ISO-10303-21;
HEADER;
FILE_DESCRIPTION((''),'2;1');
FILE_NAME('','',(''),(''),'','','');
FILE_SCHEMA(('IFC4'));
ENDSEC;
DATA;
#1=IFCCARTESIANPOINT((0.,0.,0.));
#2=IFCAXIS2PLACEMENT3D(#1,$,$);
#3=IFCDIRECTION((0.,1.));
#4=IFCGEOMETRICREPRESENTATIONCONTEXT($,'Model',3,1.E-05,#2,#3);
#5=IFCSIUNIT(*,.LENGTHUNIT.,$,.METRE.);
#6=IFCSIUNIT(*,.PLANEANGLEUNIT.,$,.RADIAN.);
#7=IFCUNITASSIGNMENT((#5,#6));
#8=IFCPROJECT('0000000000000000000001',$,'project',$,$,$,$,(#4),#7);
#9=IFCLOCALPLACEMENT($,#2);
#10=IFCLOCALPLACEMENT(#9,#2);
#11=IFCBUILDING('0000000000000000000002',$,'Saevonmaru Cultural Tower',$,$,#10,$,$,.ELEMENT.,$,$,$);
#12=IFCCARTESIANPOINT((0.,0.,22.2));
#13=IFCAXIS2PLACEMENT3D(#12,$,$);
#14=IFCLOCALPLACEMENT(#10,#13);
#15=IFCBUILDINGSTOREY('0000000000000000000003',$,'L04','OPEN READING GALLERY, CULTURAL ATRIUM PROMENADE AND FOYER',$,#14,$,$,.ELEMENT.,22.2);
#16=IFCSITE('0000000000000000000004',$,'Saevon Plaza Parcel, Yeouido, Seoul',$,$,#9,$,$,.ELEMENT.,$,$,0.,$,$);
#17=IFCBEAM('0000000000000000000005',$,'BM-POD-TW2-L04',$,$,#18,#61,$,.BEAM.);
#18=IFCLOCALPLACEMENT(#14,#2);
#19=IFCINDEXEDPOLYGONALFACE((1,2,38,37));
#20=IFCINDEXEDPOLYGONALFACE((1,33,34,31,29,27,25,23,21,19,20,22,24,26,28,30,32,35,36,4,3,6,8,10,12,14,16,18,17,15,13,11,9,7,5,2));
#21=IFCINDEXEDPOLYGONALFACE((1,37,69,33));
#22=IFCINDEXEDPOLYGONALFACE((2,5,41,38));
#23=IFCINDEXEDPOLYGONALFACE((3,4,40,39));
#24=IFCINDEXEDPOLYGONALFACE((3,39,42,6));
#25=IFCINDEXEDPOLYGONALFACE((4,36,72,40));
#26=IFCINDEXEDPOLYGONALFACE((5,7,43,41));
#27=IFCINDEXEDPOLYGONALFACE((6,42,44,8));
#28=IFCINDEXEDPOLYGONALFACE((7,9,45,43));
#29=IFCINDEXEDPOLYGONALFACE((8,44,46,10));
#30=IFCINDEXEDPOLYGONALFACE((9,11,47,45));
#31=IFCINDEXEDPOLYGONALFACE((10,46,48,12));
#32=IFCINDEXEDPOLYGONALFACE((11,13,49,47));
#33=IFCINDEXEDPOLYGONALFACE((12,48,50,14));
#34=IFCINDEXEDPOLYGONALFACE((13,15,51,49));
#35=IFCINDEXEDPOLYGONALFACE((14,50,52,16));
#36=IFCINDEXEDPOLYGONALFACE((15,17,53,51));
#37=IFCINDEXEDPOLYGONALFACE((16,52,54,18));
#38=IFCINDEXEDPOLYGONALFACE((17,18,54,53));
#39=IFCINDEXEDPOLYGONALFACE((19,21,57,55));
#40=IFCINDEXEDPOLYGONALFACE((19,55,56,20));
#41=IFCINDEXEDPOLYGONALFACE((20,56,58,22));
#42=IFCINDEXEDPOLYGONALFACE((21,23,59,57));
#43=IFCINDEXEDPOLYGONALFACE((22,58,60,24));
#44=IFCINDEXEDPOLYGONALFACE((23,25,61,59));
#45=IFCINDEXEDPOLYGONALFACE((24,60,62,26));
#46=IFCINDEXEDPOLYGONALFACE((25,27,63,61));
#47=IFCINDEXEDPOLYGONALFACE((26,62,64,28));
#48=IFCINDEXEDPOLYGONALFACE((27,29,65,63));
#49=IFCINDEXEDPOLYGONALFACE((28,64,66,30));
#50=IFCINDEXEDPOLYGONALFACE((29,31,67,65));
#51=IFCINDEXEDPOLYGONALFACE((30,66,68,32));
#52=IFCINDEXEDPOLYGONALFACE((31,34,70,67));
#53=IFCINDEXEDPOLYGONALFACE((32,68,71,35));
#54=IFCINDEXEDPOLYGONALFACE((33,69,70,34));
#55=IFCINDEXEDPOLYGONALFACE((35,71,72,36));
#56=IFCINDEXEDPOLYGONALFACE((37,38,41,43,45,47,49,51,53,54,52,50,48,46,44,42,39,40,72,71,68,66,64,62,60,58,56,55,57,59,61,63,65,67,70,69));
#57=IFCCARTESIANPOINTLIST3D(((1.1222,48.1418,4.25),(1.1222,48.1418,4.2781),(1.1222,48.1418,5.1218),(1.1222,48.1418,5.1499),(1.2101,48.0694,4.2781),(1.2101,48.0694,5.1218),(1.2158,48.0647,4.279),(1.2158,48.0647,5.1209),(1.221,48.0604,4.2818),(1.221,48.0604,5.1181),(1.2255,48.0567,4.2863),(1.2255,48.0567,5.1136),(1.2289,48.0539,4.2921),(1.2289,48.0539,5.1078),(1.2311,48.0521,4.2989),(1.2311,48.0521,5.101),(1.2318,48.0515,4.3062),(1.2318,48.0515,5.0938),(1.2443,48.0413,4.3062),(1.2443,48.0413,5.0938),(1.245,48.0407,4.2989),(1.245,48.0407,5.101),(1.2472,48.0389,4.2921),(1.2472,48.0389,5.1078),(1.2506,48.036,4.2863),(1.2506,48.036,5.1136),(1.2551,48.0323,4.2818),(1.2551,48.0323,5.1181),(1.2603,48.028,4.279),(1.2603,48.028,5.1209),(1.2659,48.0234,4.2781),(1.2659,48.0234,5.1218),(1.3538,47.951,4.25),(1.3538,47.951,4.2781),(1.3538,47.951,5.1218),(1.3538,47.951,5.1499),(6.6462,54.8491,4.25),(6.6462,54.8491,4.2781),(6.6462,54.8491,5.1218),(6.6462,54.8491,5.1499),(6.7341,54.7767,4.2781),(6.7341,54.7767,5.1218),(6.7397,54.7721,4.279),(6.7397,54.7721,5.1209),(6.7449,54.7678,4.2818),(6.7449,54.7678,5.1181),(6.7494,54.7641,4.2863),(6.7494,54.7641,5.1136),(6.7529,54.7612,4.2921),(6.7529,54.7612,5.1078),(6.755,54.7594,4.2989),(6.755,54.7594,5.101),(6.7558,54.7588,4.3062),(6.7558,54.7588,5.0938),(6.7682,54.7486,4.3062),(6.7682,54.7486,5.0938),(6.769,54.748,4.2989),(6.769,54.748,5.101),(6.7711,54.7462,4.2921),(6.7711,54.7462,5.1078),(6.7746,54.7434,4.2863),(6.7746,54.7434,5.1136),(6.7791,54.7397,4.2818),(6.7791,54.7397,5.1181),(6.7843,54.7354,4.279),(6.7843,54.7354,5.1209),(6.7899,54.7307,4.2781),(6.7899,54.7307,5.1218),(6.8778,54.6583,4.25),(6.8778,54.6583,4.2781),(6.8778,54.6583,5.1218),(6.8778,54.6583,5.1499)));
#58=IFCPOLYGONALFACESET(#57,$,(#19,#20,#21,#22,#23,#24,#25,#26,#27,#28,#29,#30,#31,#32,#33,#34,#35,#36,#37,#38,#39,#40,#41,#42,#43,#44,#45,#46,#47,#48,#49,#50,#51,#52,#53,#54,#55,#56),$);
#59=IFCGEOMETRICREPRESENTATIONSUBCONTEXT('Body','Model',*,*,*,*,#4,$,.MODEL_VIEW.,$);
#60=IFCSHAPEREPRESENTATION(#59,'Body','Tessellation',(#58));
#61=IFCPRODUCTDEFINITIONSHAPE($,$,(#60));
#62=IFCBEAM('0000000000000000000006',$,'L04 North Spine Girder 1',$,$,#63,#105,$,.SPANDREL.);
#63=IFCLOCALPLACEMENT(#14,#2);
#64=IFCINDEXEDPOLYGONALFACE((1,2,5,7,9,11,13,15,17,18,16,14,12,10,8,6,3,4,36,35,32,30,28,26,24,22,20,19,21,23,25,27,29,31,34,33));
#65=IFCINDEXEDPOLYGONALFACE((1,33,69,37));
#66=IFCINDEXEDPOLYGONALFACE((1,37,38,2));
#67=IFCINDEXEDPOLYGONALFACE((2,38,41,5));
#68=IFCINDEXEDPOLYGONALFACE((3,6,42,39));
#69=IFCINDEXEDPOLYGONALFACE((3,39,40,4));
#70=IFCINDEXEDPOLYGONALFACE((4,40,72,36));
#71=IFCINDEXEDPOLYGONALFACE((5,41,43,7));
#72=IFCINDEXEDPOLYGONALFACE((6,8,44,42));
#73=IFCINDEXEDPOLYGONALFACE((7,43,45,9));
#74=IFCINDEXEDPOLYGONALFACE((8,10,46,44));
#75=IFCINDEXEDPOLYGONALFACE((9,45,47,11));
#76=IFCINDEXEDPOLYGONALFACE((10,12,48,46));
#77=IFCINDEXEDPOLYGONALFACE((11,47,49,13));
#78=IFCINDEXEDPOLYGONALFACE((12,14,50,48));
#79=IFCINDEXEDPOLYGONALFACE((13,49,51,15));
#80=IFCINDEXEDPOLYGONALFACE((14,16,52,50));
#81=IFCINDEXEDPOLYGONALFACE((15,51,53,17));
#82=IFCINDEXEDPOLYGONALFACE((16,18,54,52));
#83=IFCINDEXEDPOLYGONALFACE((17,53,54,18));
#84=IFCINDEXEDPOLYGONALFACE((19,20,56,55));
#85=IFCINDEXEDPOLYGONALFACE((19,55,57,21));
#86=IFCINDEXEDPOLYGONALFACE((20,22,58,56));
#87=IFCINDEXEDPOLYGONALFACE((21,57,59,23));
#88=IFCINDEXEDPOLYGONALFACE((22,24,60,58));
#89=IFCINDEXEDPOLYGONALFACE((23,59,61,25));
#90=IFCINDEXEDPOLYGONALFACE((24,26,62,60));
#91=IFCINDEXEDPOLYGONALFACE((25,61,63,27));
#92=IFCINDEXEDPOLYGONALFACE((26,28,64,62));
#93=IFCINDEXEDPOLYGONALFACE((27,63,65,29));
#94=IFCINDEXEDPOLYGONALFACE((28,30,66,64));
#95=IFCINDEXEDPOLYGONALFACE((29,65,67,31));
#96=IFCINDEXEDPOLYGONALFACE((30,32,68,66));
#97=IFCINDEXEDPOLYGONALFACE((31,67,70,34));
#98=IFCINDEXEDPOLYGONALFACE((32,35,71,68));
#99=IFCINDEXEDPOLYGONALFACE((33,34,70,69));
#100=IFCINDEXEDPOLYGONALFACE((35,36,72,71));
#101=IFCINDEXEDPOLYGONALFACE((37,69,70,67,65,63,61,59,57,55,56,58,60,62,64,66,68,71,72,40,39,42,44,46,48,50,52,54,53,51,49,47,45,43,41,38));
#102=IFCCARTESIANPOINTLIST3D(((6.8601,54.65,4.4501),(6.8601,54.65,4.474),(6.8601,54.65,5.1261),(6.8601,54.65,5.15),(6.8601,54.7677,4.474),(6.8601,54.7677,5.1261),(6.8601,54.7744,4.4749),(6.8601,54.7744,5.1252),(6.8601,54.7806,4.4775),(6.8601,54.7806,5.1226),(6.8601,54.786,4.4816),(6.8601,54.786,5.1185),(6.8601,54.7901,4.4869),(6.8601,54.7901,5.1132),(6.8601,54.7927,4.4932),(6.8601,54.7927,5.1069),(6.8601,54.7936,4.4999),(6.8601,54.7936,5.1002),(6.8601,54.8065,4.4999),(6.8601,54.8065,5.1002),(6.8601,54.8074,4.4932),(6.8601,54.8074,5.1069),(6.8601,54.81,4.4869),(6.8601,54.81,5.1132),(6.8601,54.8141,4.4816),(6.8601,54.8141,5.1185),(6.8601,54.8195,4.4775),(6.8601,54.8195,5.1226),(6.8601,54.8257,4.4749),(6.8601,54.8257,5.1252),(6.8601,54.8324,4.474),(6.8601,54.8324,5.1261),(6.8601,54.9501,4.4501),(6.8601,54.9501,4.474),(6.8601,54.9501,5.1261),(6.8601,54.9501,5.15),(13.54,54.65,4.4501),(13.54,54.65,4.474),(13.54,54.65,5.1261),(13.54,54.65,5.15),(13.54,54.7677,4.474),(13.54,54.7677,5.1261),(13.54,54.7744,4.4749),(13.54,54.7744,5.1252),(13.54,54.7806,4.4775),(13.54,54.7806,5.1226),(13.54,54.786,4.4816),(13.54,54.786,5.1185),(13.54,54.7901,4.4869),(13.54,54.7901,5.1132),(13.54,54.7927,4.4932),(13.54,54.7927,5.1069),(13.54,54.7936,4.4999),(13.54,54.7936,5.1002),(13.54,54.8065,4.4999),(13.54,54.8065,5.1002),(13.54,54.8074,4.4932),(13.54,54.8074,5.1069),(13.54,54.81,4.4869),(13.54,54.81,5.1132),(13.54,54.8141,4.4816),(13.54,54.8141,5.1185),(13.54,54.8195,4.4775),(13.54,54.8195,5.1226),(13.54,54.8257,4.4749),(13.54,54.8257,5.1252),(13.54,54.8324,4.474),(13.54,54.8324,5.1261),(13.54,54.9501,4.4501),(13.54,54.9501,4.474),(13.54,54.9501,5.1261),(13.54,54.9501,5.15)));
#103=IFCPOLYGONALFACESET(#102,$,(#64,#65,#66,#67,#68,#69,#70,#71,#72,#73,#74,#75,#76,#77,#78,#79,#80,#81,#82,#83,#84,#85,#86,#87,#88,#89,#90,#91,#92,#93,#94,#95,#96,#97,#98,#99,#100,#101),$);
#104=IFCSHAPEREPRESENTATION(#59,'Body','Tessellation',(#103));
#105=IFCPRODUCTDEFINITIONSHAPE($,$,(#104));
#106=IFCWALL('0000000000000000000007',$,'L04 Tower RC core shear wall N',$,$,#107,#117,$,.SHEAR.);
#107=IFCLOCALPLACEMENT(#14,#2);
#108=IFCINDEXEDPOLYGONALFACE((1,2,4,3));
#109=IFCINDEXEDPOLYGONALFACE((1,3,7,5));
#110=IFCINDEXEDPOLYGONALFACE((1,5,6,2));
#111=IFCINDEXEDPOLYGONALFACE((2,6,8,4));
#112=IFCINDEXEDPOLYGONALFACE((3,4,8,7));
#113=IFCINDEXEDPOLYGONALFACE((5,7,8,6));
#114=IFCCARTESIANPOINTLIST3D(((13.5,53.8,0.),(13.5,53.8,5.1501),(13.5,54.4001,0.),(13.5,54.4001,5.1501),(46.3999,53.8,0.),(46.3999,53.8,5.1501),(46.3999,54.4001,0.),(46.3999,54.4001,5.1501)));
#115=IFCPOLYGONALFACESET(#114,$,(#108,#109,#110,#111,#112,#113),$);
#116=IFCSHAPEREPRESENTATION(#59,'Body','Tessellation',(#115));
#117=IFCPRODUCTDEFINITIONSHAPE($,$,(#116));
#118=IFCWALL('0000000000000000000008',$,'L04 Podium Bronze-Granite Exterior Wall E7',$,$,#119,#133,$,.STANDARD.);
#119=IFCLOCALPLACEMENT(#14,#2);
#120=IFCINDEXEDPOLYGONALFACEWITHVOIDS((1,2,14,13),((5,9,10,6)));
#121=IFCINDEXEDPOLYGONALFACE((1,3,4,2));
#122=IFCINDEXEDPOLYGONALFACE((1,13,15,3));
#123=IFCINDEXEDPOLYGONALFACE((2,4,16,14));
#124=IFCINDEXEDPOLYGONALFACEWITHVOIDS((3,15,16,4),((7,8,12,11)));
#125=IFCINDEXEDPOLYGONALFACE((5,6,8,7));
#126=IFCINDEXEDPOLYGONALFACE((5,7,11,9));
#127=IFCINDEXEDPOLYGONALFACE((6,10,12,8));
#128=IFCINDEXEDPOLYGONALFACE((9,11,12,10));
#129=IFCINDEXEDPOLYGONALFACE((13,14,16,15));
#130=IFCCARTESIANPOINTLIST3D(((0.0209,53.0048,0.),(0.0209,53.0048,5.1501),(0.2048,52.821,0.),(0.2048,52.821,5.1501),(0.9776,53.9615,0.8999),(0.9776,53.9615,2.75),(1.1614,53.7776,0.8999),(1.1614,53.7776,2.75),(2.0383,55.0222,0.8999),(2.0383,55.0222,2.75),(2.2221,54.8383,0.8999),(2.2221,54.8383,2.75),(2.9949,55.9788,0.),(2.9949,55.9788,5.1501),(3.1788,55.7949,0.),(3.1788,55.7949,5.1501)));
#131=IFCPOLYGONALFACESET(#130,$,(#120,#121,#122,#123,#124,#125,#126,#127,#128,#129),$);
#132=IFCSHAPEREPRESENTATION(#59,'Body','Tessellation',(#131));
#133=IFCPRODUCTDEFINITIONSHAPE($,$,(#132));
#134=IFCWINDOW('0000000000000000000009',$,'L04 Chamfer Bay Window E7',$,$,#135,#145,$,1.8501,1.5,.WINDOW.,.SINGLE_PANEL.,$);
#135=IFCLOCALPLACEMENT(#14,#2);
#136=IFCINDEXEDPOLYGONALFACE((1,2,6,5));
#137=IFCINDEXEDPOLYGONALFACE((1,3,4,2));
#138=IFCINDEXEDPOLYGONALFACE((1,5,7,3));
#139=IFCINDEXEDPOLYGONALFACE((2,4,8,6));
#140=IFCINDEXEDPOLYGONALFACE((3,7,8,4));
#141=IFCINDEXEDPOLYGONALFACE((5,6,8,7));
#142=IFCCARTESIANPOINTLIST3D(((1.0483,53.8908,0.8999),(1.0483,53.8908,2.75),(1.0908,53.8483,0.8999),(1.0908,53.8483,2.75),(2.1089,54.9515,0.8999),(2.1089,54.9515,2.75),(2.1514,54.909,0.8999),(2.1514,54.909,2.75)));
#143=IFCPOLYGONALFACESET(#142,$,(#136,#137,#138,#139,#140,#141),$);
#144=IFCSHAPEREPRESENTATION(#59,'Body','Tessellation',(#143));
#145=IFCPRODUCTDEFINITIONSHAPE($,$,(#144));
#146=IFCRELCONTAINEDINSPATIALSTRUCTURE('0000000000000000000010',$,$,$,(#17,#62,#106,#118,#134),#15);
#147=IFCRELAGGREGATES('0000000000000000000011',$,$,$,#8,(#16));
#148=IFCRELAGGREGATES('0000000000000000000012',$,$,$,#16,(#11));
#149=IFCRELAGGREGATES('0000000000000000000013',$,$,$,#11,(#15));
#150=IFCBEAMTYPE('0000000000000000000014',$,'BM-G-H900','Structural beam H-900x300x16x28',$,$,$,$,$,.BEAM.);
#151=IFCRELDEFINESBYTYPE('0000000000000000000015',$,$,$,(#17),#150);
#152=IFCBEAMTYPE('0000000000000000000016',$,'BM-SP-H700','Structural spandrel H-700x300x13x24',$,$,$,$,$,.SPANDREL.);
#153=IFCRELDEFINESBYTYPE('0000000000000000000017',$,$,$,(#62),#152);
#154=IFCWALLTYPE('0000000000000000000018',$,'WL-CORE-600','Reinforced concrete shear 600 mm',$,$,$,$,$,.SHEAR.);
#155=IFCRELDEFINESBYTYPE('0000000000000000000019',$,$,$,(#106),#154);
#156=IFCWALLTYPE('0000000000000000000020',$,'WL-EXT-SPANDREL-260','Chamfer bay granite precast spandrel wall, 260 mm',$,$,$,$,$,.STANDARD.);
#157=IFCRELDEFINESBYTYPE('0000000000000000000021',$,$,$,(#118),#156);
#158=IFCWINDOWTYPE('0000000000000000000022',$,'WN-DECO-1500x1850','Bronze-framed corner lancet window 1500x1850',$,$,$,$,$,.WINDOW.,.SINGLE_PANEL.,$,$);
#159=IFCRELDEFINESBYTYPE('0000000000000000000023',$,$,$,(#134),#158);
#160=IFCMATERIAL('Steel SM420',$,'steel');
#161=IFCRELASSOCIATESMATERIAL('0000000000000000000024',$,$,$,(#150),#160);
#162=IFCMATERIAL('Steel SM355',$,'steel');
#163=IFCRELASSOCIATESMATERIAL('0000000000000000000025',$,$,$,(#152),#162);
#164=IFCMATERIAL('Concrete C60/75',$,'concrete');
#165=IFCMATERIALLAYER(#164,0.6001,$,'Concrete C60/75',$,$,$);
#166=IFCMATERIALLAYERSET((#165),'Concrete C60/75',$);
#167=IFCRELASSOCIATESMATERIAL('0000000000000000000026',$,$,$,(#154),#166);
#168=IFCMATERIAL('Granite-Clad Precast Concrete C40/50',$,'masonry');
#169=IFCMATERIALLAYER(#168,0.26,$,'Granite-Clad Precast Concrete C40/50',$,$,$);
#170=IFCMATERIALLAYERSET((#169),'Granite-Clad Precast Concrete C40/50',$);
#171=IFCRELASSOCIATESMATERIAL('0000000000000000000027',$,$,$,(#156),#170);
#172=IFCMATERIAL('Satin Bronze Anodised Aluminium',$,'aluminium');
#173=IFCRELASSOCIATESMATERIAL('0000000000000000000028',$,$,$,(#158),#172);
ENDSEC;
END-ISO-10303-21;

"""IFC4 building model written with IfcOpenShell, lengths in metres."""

from ifc_helpers import new_model, si_unit, direction, frame, frame_2d, origin, origin_2d, place, context, subcontext, project, spatial, rectangle, i_section, extrude, material, layer, layer_set, material_profile, profile_set, type_object, element, fill, save


model = new_model("IFC4")

# Units and contexts
model_context = context("Model", 3, precision=1e-05, world=origin(), true_north=direction((0.0, 1.0)))
body_context = subcontext(model_context, "Body", "Model", "MODEL_VIEW")
ifc_project = project(units=[si_unit("LENGTHUNIT", "METRE"), si_unit("PLANEANGLEUNIT", "RADIAN")], contexts=[model_context])

# Site, building, storey
site_placement = place(None, origin())
site = spatial("IfcSite", under=ifc_project, at=site_placement, Name="Saevon Plaza Parcel, Yeouido, Seoul", CompositionType="ELEMENT", RefElevation=0.0)
building_placement = place(site_placement, origin())
building = spatial("IfcBuilding", under=site, at=building_placement, Name="Saevonmaru Cultural Tower", CompositionType="ELEMENT")
storey_placement = place(building_placement, frame((0.0, 0.0, 22.2)))
storey = spatial("IfcBuildingStorey", under=building, at=storey_placement, Name="L04", Description="OPEN READING GALLERY, CULTURAL ATRIUM PROMENADE AND FOYER", CompositionType="ELEMENT", Elevation=22.2)

# Shared definitions
ifc_material_1 = material(Name="Steel SM420", Category="steel")
ifc_material_2 = material(Name="Steel SM355", Category="steel")

# Beams
ifc_material_profile_1 = material_profile(ifc_material_1, i_section(OverallWidth=0.3, OverallDepth=0.8999, WebThickness=0.0161, FlangeThickness=0.0281, FilletRadius=0.0281, at=origin_2d()), Name="H-900x300x16x28")
ifc_profile_set_1 = profile_set([ifc_material_profile_1], Name="Steel SM420")
beam_type_1 = type_object("IfcBeamType", Name="BM-G-H900", Description="Structural beam H-900x300x16x28", PredefinedType="BEAM", material=ifc_profile_set_1)
beam_1_placement = place(storey_placement, frame((1.238, 48.0464, 4.7), z_axis=(0.635727, 0.771914, 0.0), x_axis=(-0.771914, 0.635727, 0.0)))
element("IfcBeam", 1, at=beam_1_placement, inside=storey, type_object=beam_type_1, Name="BM-POD-TW2-L04", PredefinedType="BEAM", context=body_context, shape_type="SweptSolid", body=[
    extrude(i_section(OverallWidth=0.3, OverallDepth=0.8999, WebThickness=0.0161, FlangeThickness=0.0281, FilletRadius=0.0281, at=origin_2d()), origin(), (0.0, 0.0, 1.0), 8.6892),
])
ifc_material_profile_2 = material_profile(ifc_material_2, i_section(OverallWidth=0.3, OverallDepth=0.7, WebThickness=0.0129, FlangeThickness=0.0239, FilletRadius=0.0259, at=origin_2d()), Name="H-700x300x13x24")
ifc_profile_set_2 = profile_set([ifc_material_profile_2], Name="Steel SM355")
beam_type_2 = type_object("IfcBeamType", Name="BM-SP-H700", Description="Structural spandrel H-700x300x13x24", PredefinedType="SPANDREL", material=ifc_profile_set_2)
beam_2_placement = place(storey_placement, frame((6.8601, 54.8, 4.8), z_axis=(1.0, 0.0, 0.0), x_axis=(0.0, 1.0, 0.0)))
element("IfcBeam", 2, at=beam_2_placement, inside=storey, type_object=beam_type_2, Name="L04 North Spine Girder 1", PredefinedType="SPANDREL", context=body_context, shape_type="SweptSolid", body=[
    extrude(i_section(OverallWidth=0.3, OverallDepth=0.7, WebThickness=0.0129, FlangeThickness=0.0239, FilletRadius=0.0259, at=origin_2d()), origin(), (0.0, 0.0, 1.0), 6.6799),
])

# Wall
ifc_material_3 = material(Name="Concrete C60/75", Category="concrete")
ifc_layer_1 = layer(ifc_material_3, 0.6001, Name="Concrete C60/75")
ifc_layer_set_1 = layer_set([ifc_layer_1], Name="Concrete C60/75")
wall_type_1 = type_object("IfcWallType", Name="WL-CORE-600", Description="Reinforced concrete shear 600 mm", PredefinedType="SHEAR", material=ifc_layer_set_1)
wall_1_placement = place(storey_placement, frame((13.5, 54.1001, 0.0), z_axis=(0.0, 0.0, 1.0), x_axis=(1.0, 0.0, 0.0)))
element("IfcWall", 3, at=wall_1_placement, inside=storey, type_object=wall_type_1, Name="L04 Tower RC core shear wall N", PredefinedType="SHEAR", context=body_context, shape_type="SweptSolid", body=[
    extrude(rectangle(XDim=32.8999, YDim=0.6001, at=frame_2d((16.45, 0.0))), origin(), (0.0, 0.0, 1.0), 5.1501),
])

# Wall, opening, window
ifc_material_4 = material(Name="Granite-Clad Precast Concrete C40/50", Category="masonry")
ifc_layer_2 = layer(ifc_material_4, 0.26, Name="Granite-Clad Precast Concrete C40/50")
ifc_layer_set_2 = layer_set([ifc_layer_2], Name="Granite-Clad Precast Concrete C40/50")
wall_type_2 = type_object("IfcWallType", Name="WL-EXT-SPANDREL-260", Description="Chamfer bay granite precast spandrel wall, 260 mm", PredefinedType="STANDARD", material=ifc_layer_set_2)
wall_2_placement = place(storey_placement, frame((3.0869, 55.887, 0.0), z_axis=(0.0, 0.0, 1.0), x_axis=(-0.707107, -0.707107, 0.0)))
wall_2 = element("IfcWall", 4, at=wall_2_placement, inside=storey, type_object=wall_type_2, Name="L04 Podium Bronze-Granite Exterior Wall E7", PredefinedType="STANDARD", context=body_context, shape_type="SweptSolid", body=[
    extrude(rectangle(XDim=4.2058, YDim=0.26, at=frame_2d((2.103, 0.0))), origin(), (0.0, 0.0, 1.0), 5.1501),
])
opening_1_placement = place(wall_2_placement, frame((1.353, 0.0, 0.8999)))
opening_1 = element("IfcOpeningElement", 5, at=opening_1_placement, cuts=wall_2, PredefinedType="OPENING", context=body_context, shape_type="SweptSolid", body=[
    extrude(rectangle(XDim=1.5, YDim=1.8501, at=frame_2d((0.75, 0.925))), frame((0.0, 0.1401, 0.0), z_axis=(0.0, -1.0, 0.0), x_axis=(1.0, 0.0, 0.0)), (0.0, 0.0, 1.0), 0.28),
])
ifc_material_5 = material(Name="Satin Bronze Anodised Aluminium", Category="aluminium")
window_type_1 = type_object("IfcWindowType", Name="WN-DECO-1500x1850", Description="Bronze-framed corner lancet window 1500x1850", PartitioningType="SINGLE_PANEL", PredefinedType="WINDOW", material=ifc_material_5)
window_1_placement = place(opening_1_placement, origin())
window_1 = element("IfcWindow", 6, at=window_1_placement, inside=storey, type_object=window_type_1, Name="L04 Chamfer Bay Window E7", OverallHeight=1.8501, OverallWidth=1.5, PartitioningType="SINGLE_PANEL", PredefinedType="WINDOW", context=body_context, shape_type="SweptSolid", body=[
    extrude(rectangle(XDim=1.5, YDim=1.8501, at=frame_2d((0.75, 0.925))), frame((0.0, 0.03, 0.0), z_axis=(0.0, -1.0, 0.0), x_axis=(1.0, 0.0, 0.0)), (0.0, 0.0, 1.0), 0.0601),
])
fill(opening_1, window_1)

save(model, "model.ifc")
